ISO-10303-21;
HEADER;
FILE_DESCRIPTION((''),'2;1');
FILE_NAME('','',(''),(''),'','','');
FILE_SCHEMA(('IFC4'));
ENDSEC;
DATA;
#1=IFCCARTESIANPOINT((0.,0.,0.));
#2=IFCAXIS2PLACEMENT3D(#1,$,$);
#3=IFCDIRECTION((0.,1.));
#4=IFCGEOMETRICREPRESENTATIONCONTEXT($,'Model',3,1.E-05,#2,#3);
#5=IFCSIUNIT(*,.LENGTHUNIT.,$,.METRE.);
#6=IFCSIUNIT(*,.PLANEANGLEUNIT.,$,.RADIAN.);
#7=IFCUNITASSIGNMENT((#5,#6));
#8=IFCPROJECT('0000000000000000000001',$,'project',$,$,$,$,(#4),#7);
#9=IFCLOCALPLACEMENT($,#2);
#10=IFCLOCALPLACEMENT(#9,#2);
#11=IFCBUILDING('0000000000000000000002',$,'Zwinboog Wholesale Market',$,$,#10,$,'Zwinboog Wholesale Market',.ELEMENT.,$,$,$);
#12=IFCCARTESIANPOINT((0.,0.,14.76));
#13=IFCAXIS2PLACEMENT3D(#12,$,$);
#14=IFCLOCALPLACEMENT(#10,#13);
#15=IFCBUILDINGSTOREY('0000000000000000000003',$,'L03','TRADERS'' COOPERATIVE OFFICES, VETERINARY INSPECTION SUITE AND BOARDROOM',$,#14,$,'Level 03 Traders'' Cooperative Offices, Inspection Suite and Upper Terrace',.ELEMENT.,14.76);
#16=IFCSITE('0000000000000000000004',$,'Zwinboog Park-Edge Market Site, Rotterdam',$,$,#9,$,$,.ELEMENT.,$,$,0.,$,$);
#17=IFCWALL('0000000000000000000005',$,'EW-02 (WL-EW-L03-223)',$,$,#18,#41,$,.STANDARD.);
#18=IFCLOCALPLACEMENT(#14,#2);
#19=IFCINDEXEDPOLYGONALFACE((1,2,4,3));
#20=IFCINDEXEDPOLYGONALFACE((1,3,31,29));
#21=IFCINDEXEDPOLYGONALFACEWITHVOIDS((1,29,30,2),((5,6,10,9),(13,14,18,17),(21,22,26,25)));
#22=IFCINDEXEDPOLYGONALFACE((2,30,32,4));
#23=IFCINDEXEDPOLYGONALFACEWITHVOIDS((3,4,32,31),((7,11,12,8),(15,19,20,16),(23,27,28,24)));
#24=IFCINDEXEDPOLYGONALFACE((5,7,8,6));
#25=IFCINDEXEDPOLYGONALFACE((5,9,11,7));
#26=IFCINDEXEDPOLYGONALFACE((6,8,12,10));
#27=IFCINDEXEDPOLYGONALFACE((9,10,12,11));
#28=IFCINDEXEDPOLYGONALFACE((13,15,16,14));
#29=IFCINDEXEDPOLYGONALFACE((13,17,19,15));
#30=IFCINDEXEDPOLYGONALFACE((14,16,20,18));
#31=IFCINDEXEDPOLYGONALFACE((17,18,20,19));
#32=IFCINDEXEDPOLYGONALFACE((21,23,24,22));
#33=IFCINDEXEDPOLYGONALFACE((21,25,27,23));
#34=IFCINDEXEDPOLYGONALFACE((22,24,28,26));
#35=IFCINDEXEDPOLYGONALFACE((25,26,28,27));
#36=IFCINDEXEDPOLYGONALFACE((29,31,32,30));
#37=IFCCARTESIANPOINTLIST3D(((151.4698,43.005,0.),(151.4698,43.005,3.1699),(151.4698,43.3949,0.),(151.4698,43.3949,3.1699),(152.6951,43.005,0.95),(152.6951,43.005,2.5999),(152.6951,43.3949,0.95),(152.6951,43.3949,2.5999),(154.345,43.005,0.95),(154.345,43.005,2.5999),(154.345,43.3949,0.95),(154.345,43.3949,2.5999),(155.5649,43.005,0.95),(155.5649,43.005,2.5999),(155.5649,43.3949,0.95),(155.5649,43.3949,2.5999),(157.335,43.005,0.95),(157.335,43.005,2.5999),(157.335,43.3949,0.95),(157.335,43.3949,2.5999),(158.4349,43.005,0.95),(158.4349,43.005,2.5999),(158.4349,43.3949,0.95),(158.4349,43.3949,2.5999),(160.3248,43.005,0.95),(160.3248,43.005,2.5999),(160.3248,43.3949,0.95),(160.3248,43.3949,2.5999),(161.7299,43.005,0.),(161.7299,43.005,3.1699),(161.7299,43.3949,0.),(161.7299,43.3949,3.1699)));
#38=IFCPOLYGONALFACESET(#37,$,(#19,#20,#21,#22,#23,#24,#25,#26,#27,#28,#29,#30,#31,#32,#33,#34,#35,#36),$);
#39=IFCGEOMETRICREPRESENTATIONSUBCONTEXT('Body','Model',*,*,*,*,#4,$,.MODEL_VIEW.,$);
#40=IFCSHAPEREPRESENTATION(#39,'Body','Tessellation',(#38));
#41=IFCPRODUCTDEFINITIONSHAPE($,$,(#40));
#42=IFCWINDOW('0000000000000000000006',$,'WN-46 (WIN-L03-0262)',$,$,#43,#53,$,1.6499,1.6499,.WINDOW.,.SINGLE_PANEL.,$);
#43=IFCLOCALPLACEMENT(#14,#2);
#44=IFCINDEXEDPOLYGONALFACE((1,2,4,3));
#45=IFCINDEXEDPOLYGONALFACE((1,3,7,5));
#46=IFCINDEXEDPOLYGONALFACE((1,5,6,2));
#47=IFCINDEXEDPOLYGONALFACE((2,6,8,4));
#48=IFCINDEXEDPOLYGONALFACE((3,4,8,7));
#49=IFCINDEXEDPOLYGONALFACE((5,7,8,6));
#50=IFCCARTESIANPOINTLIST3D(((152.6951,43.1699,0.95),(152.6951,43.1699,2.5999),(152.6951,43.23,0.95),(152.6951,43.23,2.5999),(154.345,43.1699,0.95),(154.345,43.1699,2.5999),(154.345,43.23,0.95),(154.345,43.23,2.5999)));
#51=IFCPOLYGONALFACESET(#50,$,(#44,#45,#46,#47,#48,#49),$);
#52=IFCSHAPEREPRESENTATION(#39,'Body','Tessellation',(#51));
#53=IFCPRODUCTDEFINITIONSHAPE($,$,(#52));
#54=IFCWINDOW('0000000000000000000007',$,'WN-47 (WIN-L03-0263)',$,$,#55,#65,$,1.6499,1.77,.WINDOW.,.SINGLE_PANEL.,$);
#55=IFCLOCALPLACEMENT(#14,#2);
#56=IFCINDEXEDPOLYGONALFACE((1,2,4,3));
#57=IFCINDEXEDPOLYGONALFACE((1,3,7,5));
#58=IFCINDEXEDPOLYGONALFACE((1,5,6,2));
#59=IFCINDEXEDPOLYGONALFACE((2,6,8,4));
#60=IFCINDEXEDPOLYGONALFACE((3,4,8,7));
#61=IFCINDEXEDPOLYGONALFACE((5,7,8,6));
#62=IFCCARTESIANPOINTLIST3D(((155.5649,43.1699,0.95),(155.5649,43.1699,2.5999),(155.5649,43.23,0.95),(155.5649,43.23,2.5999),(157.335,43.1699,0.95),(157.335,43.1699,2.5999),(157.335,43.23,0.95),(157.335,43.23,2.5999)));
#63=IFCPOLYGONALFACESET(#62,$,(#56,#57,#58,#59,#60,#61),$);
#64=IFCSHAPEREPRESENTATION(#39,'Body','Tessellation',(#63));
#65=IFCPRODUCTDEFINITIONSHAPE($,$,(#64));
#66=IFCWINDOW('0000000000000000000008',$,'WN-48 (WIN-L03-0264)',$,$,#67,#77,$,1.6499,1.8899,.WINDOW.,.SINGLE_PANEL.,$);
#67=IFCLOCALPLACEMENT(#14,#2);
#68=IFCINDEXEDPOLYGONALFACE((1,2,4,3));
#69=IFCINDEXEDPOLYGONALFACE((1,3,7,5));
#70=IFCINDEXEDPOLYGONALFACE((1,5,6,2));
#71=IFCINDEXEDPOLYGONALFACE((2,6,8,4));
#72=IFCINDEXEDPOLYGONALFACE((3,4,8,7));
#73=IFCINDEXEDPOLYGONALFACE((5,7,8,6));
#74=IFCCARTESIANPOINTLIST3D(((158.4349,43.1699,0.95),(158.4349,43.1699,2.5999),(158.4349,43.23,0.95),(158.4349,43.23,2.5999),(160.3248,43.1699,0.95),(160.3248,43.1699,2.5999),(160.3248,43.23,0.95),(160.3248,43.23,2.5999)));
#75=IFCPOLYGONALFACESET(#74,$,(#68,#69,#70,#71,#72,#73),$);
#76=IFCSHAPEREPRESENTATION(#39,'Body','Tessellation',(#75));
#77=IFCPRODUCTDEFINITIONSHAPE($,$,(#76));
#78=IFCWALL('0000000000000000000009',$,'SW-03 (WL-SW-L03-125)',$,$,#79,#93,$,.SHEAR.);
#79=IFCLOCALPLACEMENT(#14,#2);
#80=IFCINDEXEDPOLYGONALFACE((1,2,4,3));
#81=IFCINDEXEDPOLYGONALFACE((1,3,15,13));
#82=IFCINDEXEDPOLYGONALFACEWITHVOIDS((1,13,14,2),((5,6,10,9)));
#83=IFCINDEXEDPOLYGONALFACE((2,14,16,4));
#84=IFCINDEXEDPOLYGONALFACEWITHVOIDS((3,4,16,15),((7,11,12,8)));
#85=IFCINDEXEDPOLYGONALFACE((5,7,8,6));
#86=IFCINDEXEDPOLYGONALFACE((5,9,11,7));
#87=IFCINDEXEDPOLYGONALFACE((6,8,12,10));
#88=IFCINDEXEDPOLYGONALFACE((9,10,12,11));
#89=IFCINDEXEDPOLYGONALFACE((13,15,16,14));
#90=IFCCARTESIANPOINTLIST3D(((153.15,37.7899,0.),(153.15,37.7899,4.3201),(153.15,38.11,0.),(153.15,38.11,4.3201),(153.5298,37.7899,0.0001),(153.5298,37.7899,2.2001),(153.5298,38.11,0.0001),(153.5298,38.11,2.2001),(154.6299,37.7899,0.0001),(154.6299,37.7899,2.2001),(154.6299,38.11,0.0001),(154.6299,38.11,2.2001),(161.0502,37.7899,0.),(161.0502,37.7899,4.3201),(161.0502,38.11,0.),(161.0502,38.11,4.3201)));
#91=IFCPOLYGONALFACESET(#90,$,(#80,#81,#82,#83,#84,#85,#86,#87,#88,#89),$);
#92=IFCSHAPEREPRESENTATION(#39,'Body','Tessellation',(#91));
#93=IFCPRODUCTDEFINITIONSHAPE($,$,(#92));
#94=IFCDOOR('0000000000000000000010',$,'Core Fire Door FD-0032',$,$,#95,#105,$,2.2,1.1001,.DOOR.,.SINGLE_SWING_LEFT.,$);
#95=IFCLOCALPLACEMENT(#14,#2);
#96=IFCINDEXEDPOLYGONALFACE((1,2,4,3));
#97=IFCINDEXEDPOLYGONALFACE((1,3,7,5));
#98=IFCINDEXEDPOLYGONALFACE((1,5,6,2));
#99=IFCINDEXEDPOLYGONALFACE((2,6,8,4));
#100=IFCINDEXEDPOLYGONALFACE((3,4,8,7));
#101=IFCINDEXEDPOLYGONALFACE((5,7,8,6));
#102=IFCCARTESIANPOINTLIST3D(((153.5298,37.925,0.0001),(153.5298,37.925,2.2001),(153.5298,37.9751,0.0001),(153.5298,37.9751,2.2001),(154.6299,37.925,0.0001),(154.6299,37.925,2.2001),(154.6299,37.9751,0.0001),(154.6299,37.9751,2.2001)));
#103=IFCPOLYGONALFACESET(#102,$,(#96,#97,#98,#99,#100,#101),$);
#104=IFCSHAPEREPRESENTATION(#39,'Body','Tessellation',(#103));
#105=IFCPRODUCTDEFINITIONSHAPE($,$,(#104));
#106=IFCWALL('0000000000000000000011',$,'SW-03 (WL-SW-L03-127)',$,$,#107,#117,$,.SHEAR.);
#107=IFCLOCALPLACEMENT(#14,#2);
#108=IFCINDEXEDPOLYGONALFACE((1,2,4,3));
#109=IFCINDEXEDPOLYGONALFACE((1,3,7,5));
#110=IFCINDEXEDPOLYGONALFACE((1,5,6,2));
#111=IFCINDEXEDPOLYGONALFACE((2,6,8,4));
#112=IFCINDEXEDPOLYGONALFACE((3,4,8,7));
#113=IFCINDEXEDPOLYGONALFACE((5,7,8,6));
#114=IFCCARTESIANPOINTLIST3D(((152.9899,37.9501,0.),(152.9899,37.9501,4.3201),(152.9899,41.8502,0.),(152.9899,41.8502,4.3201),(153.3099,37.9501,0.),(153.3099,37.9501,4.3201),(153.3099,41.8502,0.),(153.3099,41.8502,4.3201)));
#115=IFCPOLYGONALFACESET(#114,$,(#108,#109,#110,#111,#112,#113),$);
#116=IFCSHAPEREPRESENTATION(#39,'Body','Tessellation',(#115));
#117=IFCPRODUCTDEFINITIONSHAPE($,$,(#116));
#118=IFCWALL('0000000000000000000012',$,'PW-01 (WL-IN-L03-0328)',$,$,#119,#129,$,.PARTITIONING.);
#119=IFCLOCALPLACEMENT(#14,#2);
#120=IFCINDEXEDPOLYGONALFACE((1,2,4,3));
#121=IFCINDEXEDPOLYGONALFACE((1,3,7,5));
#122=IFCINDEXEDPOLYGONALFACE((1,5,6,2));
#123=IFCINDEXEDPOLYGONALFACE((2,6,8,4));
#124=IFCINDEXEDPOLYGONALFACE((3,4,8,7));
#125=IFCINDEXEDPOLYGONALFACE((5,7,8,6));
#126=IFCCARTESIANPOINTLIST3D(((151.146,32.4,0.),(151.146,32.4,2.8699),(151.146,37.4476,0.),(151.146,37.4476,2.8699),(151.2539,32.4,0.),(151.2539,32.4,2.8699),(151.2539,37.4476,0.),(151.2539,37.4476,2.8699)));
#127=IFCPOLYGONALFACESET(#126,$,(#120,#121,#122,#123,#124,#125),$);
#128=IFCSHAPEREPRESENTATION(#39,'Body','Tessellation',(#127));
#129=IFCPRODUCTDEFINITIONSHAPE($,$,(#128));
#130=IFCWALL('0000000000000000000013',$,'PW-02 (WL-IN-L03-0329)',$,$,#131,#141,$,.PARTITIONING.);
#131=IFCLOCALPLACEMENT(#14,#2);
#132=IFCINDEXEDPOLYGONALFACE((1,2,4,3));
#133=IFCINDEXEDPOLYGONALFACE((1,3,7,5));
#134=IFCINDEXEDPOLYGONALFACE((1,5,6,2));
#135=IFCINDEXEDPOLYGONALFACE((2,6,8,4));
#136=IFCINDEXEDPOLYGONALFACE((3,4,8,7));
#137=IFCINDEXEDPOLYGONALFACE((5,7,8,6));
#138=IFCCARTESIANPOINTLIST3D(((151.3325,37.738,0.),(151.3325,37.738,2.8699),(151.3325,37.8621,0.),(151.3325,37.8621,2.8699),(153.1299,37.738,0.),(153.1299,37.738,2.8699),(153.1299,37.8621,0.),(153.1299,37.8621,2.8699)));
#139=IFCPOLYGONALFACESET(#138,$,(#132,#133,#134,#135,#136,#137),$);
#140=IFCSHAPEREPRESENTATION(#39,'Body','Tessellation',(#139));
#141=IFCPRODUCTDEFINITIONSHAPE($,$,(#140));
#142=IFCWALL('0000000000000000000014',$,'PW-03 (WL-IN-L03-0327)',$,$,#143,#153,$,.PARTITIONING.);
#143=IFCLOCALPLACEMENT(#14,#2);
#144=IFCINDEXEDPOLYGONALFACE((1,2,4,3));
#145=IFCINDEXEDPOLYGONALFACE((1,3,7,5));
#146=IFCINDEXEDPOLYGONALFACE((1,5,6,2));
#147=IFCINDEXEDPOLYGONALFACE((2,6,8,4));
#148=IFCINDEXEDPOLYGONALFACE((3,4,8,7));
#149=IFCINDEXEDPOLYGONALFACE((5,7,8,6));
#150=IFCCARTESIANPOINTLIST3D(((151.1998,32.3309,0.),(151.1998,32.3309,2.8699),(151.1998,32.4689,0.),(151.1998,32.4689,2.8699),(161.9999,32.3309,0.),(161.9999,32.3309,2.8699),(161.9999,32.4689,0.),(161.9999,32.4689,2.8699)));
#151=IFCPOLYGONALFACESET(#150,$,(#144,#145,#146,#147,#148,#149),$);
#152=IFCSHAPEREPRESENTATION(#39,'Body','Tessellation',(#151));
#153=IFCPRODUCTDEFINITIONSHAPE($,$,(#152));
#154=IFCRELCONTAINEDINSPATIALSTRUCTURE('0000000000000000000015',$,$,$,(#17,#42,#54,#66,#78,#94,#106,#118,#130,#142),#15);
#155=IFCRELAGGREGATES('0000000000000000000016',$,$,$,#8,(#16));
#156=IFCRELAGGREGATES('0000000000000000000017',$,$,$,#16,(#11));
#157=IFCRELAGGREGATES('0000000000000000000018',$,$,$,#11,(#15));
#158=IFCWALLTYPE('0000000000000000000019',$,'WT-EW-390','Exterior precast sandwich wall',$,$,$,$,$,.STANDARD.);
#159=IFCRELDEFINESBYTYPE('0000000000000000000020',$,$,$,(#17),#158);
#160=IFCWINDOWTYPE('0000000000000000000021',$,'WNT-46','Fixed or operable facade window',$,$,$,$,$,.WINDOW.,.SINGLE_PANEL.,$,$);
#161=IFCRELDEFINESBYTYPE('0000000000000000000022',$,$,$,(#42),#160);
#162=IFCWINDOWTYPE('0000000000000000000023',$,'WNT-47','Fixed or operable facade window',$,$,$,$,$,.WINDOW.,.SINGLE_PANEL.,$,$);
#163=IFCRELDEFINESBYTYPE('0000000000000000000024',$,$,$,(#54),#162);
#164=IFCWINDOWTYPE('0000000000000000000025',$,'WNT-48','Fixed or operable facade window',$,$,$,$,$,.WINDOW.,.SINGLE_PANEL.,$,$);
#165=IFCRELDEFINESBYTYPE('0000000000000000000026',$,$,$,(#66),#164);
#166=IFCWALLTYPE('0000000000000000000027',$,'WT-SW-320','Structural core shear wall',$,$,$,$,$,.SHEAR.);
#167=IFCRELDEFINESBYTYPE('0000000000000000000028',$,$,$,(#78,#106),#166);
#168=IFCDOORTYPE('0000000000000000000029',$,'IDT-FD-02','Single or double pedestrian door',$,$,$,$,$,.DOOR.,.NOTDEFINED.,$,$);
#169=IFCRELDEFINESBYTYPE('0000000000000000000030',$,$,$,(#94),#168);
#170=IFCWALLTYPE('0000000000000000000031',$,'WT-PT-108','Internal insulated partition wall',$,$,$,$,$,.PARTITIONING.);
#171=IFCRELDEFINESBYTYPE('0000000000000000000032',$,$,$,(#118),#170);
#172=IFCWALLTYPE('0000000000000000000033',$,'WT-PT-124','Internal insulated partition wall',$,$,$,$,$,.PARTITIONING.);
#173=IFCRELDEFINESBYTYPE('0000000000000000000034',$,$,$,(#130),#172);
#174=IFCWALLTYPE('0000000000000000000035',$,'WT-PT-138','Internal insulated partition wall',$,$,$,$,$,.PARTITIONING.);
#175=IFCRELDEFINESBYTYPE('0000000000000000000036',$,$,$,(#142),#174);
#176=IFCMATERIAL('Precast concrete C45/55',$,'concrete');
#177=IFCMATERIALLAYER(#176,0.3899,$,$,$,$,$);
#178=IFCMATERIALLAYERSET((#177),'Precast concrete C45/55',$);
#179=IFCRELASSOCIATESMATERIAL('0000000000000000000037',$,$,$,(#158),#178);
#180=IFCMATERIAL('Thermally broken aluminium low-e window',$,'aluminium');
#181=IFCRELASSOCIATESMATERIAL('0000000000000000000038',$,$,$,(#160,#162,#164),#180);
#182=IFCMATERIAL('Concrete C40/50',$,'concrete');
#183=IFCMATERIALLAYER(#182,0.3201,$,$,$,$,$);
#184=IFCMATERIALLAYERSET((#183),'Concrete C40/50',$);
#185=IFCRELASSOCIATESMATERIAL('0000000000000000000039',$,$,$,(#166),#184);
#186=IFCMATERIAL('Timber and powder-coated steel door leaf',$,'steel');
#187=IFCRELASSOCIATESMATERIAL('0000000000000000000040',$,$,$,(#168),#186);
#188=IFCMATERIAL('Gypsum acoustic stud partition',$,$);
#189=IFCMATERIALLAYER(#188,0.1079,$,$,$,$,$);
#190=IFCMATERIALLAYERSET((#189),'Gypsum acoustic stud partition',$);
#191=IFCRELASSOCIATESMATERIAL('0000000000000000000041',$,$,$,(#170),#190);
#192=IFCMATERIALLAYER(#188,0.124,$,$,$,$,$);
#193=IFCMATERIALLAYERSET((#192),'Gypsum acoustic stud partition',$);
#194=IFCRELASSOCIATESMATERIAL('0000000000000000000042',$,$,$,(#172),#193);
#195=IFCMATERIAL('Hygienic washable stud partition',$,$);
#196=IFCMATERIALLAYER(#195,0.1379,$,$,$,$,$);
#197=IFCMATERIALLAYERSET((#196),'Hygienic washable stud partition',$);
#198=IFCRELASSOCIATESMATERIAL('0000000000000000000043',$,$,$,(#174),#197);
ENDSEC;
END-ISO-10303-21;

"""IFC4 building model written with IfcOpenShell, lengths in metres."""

from ifc_helpers import new_model, si_unit, direction, frame, frame_2d, origin, place, context, subcontext, project, spatial, rectangle, extrude, material, layer, layer_set, type_object, element, fill, save


model = new_model("IFC4")

# Units and contexts
model_context = context("Model", 3, precision=1e-05, world=origin(), true_north=direction((0.0, 1.0)))
body_context = subcontext(model_context, "Body", "Model", "MODEL_VIEW")
ifc_project = project(units=[si_unit("LENGTHUNIT", "METRE"), si_unit("PLANEANGLEUNIT", "RADIAN")], contexts=[model_context])

# Site, building, storey
site_placement = place(None, origin())
site = spatial("IfcSite", under=ifc_project, at=site_placement, Name="Zwinboog Park-Edge Market Site, Rotterdam", CompositionType="ELEMENT", RefElevation=0.0)
building_placement = place(site_placement, origin())
building = spatial("IfcBuilding", under=site, at=building_placement, Name="Zwinboog Wholesale Market", LongName="Zwinboog Wholesale Market", CompositionType="ELEMENT")
storey_placement = place(building_placement, frame((0.0, 0.0, 14.76)))
storey = spatial("IfcBuildingStorey", under=building, at=storey_placement, Name="L03", Description="TRADERS' COOPERATIVE OFFICES, VETERINARY INSPECTION SUITE AND BOARDROOM", LongName="Level 03 Traders' Cooperative Offices, Inspection Suite and Upper Terrace", CompositionType="ELEMENT", Elevation=14.76)

# Wall, openings, windows
ifc_material_1 = material(Name="Precast concrete C45/55", Category="concrete")
ifc_layer_1 = layer(ifc_material_1, 0.3899)
ifc_layer_set_1 = layer_set([ifc_layer_1], Name="Precast concrete C45/55")
wall_type_1 = type_object("IfcWallType", Name="WT-EW-390", Description="Exterior precast sandwich wall", PredefinedType="STANDARD", material=ifc_layer_set_1)
wall_1_placement = place(storey_placement, frame((151.47, 43.2, 0.0), z_axis=(0.0, 0.0, 1.0), x_axis=(1.0, 0.0, 0.0)))
wall_1 = element("IfcWall", 1, at=wall_1_placement, inside=storey, type_object=wall_type_1, Name="EW-02 (WL-EW-L03-223)", PredefinedType="STANDARD", context=body_context, shape_type="SweptSolid", body=[
    extrude(rectangle(XDim=10.26, YDim=0.3899, at=frame_2d((5.1299, 0.0))), origin(), (0.0, 0.0, 1.0), 3.1699),
])
opening_1_placement = place(wall_1_placement, frame((1.2251, 0.0, 0.95)))
opening_1 = element("IfcOpeningElement", 2, at=opening_1_placement, cuts=wall_1, PredefinedType="OPENING", context=body_context, shape_type="SweptSolid", body=[
    extrude(rectangle(XDim=1.6499, YDim=1.6499, at=frame_2d((0.825, 0.825))), frame((0.0, 0.2048, 0.0), z_axis=(0.0, -1.0, 0.0), x_axis=(1.0, 0.0, 0.0)), (0.0, 0.0, 1.0), 0.4099),
])
opening_2_placement = place(wall_1_placement, frame((4.095, 0.0, 0.95)))
opening_2 = element("IfcOpeningElement", 3, at=opening_2_placement, cuts=wall_1, PredefinedType="OPENING", context=body_context, shape_type="SweptSolid", body=[
    extrude(rectangle(XDim=1.77, YDim=1.6499, at=frame_2d((0.885, 0.825))), frame((0.0, 0.2048, 0.0), z_axis=(0.0, -1.0, 0.0), x_axis=(1.0, 0.0, 0.0)), (0.0, 0.0, 1.0), 0.4099),
])
opening_3_placement = place(wall_1_placement, frame((6.9651, 0.0, 0.95)))
opening_3 = element("IfcOpeningElement", 4, at=opening_3_placement, cuts=wall_1, PredefinedType="OPENING", context=body_context, shape_type="SweptSolid", body=[
    extrude(rectangle(XDim=1.8899, YDim=1.6499, at=frame_2d((0.9448, 0.825))), frame((0.0, 0.2048, 0.0), z_axis=(0.0, -1.0, 0.0), x_axis=(1.0, 0.0, 0.0)), (0.0, 0.0, 1.0), 0.4099),
])
ifc_material_2 = material(Name="Thermally broken aluminium low-e window", Category="aluminium")
window_type_1 = type_object("IfcWindowType", Name="WNT-46", Description="Fixed or operable facade window", PartitioningType="SINGLE_PANEL", PredefinedType="WINDOW", material=ifc_material_2)
window_1_placement = place(opening_1_placement, origin())
window_1 = element("IfcWindow", 5, at=window_1_placement, inside=storey, type_object=window_type_1, Name="WN-46 (WIN-L03-0262)", OverallHeight=1.6499, OverallWidth=1.6499, PartitioningType="SINGLE_PANEL", PredefinedType="WINDOW", context=body_context, shape_type="SweptSolid", body=[
    extrude(rectangle(XDim=1.6499, YDim=1.6499, at=frame_2d((0.825, 0.825))), frame((0.0, 0.03, 0.0), z_axis=(0.0, -1.0, 0.0), x_axis=(1.0, 0.0, 0.0)), (0.0, 0.0, 1.0), 0.0601),
])
fill(opening_1, window_1)
window_type_2 = type_object("IfcWindowType", Name="WNT-47", Description="Fixed or operable facade window", PartitioningType="SINGLE_PANEL", PredefinedType="WINDOW", material=ifc_material_2)
window_2_placement = place(opening_2_placement, origin())
window_2 = element("IfcWindow", 6, at=window_2_placement, inside=storey, type_object=window_type_2, Name="WN-47 (WIN-L03-0263)", OverallHeight=1.6499, OverallWidth=1.77, PartitioningType="SINGLE_PANEL", PredefinedType="WINDOW", context=body_context, shape_type="SweptSolid", body=[
    extrude(rectangle(XDim=1.77, YDim=1.6499, at=frame_2d((0.885, 0.825))), frame((0.0, 0.03, 0.0), z_axis=(0.0, -1.0, 0.0), x_axis=(1.0, 0.0, 0.0)), (0.0, 0.0, 1.0), 0.0601),
])
fill(opening_2, window_2)
window_type_3 = type_object("IfcWindowType", Name="WNT-48", Description="Fixed or operable facade window", PartitioningType="SINGLE_PANEL", PredefinedType="WINDOW", material=ifc_material_2)
window_3_placement = place(opening_3_placement, origin())
window_3 = element("IfcWindow", 7, at=window_3_placement, inside=storey, type_object=window_type_3, Name="WN-48 (WIN-L03-0264)", OverallHeight=1.6499, OverallWidth=1.8899, PartitioningType="SINGLE_PANEL", PredefinedType="WINDOW", context=body_context, shape_type="SweptSolid", body=[
    extrude(rectangle(XDim=1.8899, YDim=1.6499, at=frame_2d((0.9448, 0.825))), frame((0.0, 0.03, 0.0), z_axis=(0.0, -1.0, 0.0), x_axis=(1.0, 0.0, 0.0)), (0.0, 0.0, 1.0), 0.0601),
])
fill(opening_3, window_3)

# Wall, opening, door
ifc_material_3 = material(Name="Concrete C40/50", Category="concrete")
ifc_layer_2 = layer(ifc_material_3, 0.3201)
ifc_layer_set_2 = layer_set([ifc_layer_2], Name="Concrete C40/50")
wall_type_2 = type_object("IfcWallType", Name="WT-SW-320", Description="Structural core shear wall", PredefinedType="SHEAR", material=ifc_layer_set_2)
wall_2_placement = place(storey_placement, frame((153.1499, 37.95, 0.0), z_axis=(0.0, 0.0, 1.0), x_axis=(1.0, 0.0, 0.0)))
wall_2 = element("IfcWall", 8, at=wall_2_placement, inside=storey, type_object=wall_type_2, Name="SW-03 (WL-SW-L03-125)", PredefinedType="SHEAR", context=body_context, shape_type="SweptSolid", body=[
    extrude(rectangle(XDim=7.9001, YDim=0.3201, at=frame_2d((3.9502, 0.0))), origin(), (0.0, 0.0, 1.0), 4.3201),
])
opening_4_placement = place(wall_2_placement, frame((0.3799, 0.0, 0.0)))
opening_4 = element("IfcOpeningElement", 9, at=opening_4_placement, cuts=wall_2, PredefinedType="OPENING", context=body_context, shape_type="SweptSolid", body=[
    extrude(rectangle(XDim=1.1001, YDim=2.2, at=frame_2d((0.55, 1.1001))), frame((0.0, 0.1699, 0.0), z_axis=(0.0, -1.0, 0.0), x_axis=(1.0, 0.0, 0.0)), (0.0, 0.0, 1.0), 0.3401),
])
ifc_material_4 = material(Name="Timber and powder-coated steel door leaf", Category="steel")
door_type = type_object("IfcDoorType", Name="IDT-FD-02", Description="Single or double pedestrian door", OperationType="NOTDEFINED", PredefinedType="DOOR", material=ifc_material_4)
door_placement = place(opening_4_placement, frame((1.1001, 0.0, 0.0), z_axis=(0.0, 0.0, 1.0), x_axis=(-1.0, 0.0, 0.0)))
door = element("IfcDoor", 10, at=door_placement, inside=storey, type_object=door_type, Name="Core Fire Door FD-0032", OperationType="SINGLE_SWING_LEFT", OverallHeight=2.2, OverallWidth=1.1001, PredefinedType="DOOR", context=body_context, shape_type="SweptSolid", body=[
    extrude(rectangle(XDim=1.1001, YDim=2.2, at=frame_2d((0.55, 1.1001))), frame((0.0, 0.0249, 0.0), z_axis=(0.0, -1.0, 0.0), x_axis=(1.0, 0.0, 0.0)), (0.0, 0.0, 1.0), 0.05),
])
fill(opening_4, door)

# Walls
wall_3_placement = place(storey_placement, frame((153.1499, 37.95, 0.0), z_axis=(0.0, 0.0, 1.0), x_axis=(0.0, 1.0, 0.0)))
element("IfcWall", 11, at=wall_3_placement, inside=storey, type_object=wall_type_2, Name="SW-03 (WL-SW-L03-127)", PredefinedType="SHEAR", context=body_context, shape_type="SweptSolid", body=[
    extrude(rectangle(XDim=3.9001, YDim=0.3201, at=frame_2d((1.9502, 0.0))), origin(), (0.0, 0.0, 1.0), 4.3201),
])
ifc_material_5 = material(Name="Gypsum acoustic stud partition")
ifc_layer_3 = layer(ifc_material_5, 0.1079)
ifc_layer_set_3 = layer_set([ifc_layer_3], Name="Gypsum acoustic stud partition")
wall_type_3 = type_object("IfcWallType", Name="WT-PT-108", Description="Internal insulated partition wall", PredefinedType="PARTITIONING", material=ifc_layer_set_3)
wall_4_placement = place(storey_placement, frame((151.2, 32.3999, 0.0), z_axis=(0.0, 0.0, 1.0), x_axis=(0.0, 1.0, 0.0)))
element("IfcWall", 12, at=wall_4_placement, inside=storey, type_object=wall_type_3, Name="PW-01 (WL-IN-L03-0328)", PredefinedType="PARTITIONING", context=body_context, shape_type="SweptSolid", body=[
    extrude(rectangle(XDim=5.0476, YDim=0.1079, at=frame_2d((2.5239, 0.0))), origin(), (0.0, 0.0, 1.0), 2.8699),
])
ifc_layer_4 = layer(ifc_material_5, 0.124)
ifc_layer_set_4 = layer_set([ifc_layer_4], Name="Gypsum acoustic stud partition")
wall_type_4 = type_object("IfcWallType", Name="WT-PT-124", Description="Internal insulated partition wall", PredefinedType="PARTITIONING", material=ifc_layer_set_4)
wall_5_placement = place(storey_placement, frame((151.3325, 37.8, 0.0), z_axis=(0.0, 0.0, 1.0), x_axis=(1.0, 0.0, 0.0)))
element("IfcWall", 13, at=wall_5_placement, inside=storey, type_object=wall_type_4, Name="PW-02 (WL-IN-L03-0329)", PredefinedType="PARTITIONING", context=body_context, shape_type="SweptSolid", body=[
    extrude(rectangle(XDim=1.7974, YDim=0.124, at=frame_2d((0.8987, 0.0))), origin(), (0.0, 0.0, 1.0), 2.8699),
])
ifc_material_6 = material(Name="Hygienic washable stud partition")
ifc_layer_5 = layer(ifc_material_6, 0.1379)
ifc_layer_set_5 = layer_set([ifc_layer_5], Name="Hygienic washable stud partition")
wall_type_5 = type_object("IfcWallType", Name="WT-PT-138", Description="Internal insulated partition wall", PredefinedType="PARTITIONING", material=ifc_layer_set_5)
wall_6_placement = place(storey_placement, frame((151.2, 32.3999, 0.0), z_axis=(0.0, 0.0, 1.0), x_axis=(1.0, 0.0, 0.0)))
element("IfcWall", 14, at=wall_6_placement, inside=storey, type_object=wall_type_5, Name="PW-03 (WL-IN-L03-0327)", PredefinedType="PARTITIONING", context=body_context, shape_type="SweptSolid", body=[
    extrude(rectangle(XDim=10.8, YDim=0.1379, at=frame_2d((5.3999, 0.0))), origin(), (0.0, 0.0, 1.0), 2.8699),
])

save(model, "model.ifc")
